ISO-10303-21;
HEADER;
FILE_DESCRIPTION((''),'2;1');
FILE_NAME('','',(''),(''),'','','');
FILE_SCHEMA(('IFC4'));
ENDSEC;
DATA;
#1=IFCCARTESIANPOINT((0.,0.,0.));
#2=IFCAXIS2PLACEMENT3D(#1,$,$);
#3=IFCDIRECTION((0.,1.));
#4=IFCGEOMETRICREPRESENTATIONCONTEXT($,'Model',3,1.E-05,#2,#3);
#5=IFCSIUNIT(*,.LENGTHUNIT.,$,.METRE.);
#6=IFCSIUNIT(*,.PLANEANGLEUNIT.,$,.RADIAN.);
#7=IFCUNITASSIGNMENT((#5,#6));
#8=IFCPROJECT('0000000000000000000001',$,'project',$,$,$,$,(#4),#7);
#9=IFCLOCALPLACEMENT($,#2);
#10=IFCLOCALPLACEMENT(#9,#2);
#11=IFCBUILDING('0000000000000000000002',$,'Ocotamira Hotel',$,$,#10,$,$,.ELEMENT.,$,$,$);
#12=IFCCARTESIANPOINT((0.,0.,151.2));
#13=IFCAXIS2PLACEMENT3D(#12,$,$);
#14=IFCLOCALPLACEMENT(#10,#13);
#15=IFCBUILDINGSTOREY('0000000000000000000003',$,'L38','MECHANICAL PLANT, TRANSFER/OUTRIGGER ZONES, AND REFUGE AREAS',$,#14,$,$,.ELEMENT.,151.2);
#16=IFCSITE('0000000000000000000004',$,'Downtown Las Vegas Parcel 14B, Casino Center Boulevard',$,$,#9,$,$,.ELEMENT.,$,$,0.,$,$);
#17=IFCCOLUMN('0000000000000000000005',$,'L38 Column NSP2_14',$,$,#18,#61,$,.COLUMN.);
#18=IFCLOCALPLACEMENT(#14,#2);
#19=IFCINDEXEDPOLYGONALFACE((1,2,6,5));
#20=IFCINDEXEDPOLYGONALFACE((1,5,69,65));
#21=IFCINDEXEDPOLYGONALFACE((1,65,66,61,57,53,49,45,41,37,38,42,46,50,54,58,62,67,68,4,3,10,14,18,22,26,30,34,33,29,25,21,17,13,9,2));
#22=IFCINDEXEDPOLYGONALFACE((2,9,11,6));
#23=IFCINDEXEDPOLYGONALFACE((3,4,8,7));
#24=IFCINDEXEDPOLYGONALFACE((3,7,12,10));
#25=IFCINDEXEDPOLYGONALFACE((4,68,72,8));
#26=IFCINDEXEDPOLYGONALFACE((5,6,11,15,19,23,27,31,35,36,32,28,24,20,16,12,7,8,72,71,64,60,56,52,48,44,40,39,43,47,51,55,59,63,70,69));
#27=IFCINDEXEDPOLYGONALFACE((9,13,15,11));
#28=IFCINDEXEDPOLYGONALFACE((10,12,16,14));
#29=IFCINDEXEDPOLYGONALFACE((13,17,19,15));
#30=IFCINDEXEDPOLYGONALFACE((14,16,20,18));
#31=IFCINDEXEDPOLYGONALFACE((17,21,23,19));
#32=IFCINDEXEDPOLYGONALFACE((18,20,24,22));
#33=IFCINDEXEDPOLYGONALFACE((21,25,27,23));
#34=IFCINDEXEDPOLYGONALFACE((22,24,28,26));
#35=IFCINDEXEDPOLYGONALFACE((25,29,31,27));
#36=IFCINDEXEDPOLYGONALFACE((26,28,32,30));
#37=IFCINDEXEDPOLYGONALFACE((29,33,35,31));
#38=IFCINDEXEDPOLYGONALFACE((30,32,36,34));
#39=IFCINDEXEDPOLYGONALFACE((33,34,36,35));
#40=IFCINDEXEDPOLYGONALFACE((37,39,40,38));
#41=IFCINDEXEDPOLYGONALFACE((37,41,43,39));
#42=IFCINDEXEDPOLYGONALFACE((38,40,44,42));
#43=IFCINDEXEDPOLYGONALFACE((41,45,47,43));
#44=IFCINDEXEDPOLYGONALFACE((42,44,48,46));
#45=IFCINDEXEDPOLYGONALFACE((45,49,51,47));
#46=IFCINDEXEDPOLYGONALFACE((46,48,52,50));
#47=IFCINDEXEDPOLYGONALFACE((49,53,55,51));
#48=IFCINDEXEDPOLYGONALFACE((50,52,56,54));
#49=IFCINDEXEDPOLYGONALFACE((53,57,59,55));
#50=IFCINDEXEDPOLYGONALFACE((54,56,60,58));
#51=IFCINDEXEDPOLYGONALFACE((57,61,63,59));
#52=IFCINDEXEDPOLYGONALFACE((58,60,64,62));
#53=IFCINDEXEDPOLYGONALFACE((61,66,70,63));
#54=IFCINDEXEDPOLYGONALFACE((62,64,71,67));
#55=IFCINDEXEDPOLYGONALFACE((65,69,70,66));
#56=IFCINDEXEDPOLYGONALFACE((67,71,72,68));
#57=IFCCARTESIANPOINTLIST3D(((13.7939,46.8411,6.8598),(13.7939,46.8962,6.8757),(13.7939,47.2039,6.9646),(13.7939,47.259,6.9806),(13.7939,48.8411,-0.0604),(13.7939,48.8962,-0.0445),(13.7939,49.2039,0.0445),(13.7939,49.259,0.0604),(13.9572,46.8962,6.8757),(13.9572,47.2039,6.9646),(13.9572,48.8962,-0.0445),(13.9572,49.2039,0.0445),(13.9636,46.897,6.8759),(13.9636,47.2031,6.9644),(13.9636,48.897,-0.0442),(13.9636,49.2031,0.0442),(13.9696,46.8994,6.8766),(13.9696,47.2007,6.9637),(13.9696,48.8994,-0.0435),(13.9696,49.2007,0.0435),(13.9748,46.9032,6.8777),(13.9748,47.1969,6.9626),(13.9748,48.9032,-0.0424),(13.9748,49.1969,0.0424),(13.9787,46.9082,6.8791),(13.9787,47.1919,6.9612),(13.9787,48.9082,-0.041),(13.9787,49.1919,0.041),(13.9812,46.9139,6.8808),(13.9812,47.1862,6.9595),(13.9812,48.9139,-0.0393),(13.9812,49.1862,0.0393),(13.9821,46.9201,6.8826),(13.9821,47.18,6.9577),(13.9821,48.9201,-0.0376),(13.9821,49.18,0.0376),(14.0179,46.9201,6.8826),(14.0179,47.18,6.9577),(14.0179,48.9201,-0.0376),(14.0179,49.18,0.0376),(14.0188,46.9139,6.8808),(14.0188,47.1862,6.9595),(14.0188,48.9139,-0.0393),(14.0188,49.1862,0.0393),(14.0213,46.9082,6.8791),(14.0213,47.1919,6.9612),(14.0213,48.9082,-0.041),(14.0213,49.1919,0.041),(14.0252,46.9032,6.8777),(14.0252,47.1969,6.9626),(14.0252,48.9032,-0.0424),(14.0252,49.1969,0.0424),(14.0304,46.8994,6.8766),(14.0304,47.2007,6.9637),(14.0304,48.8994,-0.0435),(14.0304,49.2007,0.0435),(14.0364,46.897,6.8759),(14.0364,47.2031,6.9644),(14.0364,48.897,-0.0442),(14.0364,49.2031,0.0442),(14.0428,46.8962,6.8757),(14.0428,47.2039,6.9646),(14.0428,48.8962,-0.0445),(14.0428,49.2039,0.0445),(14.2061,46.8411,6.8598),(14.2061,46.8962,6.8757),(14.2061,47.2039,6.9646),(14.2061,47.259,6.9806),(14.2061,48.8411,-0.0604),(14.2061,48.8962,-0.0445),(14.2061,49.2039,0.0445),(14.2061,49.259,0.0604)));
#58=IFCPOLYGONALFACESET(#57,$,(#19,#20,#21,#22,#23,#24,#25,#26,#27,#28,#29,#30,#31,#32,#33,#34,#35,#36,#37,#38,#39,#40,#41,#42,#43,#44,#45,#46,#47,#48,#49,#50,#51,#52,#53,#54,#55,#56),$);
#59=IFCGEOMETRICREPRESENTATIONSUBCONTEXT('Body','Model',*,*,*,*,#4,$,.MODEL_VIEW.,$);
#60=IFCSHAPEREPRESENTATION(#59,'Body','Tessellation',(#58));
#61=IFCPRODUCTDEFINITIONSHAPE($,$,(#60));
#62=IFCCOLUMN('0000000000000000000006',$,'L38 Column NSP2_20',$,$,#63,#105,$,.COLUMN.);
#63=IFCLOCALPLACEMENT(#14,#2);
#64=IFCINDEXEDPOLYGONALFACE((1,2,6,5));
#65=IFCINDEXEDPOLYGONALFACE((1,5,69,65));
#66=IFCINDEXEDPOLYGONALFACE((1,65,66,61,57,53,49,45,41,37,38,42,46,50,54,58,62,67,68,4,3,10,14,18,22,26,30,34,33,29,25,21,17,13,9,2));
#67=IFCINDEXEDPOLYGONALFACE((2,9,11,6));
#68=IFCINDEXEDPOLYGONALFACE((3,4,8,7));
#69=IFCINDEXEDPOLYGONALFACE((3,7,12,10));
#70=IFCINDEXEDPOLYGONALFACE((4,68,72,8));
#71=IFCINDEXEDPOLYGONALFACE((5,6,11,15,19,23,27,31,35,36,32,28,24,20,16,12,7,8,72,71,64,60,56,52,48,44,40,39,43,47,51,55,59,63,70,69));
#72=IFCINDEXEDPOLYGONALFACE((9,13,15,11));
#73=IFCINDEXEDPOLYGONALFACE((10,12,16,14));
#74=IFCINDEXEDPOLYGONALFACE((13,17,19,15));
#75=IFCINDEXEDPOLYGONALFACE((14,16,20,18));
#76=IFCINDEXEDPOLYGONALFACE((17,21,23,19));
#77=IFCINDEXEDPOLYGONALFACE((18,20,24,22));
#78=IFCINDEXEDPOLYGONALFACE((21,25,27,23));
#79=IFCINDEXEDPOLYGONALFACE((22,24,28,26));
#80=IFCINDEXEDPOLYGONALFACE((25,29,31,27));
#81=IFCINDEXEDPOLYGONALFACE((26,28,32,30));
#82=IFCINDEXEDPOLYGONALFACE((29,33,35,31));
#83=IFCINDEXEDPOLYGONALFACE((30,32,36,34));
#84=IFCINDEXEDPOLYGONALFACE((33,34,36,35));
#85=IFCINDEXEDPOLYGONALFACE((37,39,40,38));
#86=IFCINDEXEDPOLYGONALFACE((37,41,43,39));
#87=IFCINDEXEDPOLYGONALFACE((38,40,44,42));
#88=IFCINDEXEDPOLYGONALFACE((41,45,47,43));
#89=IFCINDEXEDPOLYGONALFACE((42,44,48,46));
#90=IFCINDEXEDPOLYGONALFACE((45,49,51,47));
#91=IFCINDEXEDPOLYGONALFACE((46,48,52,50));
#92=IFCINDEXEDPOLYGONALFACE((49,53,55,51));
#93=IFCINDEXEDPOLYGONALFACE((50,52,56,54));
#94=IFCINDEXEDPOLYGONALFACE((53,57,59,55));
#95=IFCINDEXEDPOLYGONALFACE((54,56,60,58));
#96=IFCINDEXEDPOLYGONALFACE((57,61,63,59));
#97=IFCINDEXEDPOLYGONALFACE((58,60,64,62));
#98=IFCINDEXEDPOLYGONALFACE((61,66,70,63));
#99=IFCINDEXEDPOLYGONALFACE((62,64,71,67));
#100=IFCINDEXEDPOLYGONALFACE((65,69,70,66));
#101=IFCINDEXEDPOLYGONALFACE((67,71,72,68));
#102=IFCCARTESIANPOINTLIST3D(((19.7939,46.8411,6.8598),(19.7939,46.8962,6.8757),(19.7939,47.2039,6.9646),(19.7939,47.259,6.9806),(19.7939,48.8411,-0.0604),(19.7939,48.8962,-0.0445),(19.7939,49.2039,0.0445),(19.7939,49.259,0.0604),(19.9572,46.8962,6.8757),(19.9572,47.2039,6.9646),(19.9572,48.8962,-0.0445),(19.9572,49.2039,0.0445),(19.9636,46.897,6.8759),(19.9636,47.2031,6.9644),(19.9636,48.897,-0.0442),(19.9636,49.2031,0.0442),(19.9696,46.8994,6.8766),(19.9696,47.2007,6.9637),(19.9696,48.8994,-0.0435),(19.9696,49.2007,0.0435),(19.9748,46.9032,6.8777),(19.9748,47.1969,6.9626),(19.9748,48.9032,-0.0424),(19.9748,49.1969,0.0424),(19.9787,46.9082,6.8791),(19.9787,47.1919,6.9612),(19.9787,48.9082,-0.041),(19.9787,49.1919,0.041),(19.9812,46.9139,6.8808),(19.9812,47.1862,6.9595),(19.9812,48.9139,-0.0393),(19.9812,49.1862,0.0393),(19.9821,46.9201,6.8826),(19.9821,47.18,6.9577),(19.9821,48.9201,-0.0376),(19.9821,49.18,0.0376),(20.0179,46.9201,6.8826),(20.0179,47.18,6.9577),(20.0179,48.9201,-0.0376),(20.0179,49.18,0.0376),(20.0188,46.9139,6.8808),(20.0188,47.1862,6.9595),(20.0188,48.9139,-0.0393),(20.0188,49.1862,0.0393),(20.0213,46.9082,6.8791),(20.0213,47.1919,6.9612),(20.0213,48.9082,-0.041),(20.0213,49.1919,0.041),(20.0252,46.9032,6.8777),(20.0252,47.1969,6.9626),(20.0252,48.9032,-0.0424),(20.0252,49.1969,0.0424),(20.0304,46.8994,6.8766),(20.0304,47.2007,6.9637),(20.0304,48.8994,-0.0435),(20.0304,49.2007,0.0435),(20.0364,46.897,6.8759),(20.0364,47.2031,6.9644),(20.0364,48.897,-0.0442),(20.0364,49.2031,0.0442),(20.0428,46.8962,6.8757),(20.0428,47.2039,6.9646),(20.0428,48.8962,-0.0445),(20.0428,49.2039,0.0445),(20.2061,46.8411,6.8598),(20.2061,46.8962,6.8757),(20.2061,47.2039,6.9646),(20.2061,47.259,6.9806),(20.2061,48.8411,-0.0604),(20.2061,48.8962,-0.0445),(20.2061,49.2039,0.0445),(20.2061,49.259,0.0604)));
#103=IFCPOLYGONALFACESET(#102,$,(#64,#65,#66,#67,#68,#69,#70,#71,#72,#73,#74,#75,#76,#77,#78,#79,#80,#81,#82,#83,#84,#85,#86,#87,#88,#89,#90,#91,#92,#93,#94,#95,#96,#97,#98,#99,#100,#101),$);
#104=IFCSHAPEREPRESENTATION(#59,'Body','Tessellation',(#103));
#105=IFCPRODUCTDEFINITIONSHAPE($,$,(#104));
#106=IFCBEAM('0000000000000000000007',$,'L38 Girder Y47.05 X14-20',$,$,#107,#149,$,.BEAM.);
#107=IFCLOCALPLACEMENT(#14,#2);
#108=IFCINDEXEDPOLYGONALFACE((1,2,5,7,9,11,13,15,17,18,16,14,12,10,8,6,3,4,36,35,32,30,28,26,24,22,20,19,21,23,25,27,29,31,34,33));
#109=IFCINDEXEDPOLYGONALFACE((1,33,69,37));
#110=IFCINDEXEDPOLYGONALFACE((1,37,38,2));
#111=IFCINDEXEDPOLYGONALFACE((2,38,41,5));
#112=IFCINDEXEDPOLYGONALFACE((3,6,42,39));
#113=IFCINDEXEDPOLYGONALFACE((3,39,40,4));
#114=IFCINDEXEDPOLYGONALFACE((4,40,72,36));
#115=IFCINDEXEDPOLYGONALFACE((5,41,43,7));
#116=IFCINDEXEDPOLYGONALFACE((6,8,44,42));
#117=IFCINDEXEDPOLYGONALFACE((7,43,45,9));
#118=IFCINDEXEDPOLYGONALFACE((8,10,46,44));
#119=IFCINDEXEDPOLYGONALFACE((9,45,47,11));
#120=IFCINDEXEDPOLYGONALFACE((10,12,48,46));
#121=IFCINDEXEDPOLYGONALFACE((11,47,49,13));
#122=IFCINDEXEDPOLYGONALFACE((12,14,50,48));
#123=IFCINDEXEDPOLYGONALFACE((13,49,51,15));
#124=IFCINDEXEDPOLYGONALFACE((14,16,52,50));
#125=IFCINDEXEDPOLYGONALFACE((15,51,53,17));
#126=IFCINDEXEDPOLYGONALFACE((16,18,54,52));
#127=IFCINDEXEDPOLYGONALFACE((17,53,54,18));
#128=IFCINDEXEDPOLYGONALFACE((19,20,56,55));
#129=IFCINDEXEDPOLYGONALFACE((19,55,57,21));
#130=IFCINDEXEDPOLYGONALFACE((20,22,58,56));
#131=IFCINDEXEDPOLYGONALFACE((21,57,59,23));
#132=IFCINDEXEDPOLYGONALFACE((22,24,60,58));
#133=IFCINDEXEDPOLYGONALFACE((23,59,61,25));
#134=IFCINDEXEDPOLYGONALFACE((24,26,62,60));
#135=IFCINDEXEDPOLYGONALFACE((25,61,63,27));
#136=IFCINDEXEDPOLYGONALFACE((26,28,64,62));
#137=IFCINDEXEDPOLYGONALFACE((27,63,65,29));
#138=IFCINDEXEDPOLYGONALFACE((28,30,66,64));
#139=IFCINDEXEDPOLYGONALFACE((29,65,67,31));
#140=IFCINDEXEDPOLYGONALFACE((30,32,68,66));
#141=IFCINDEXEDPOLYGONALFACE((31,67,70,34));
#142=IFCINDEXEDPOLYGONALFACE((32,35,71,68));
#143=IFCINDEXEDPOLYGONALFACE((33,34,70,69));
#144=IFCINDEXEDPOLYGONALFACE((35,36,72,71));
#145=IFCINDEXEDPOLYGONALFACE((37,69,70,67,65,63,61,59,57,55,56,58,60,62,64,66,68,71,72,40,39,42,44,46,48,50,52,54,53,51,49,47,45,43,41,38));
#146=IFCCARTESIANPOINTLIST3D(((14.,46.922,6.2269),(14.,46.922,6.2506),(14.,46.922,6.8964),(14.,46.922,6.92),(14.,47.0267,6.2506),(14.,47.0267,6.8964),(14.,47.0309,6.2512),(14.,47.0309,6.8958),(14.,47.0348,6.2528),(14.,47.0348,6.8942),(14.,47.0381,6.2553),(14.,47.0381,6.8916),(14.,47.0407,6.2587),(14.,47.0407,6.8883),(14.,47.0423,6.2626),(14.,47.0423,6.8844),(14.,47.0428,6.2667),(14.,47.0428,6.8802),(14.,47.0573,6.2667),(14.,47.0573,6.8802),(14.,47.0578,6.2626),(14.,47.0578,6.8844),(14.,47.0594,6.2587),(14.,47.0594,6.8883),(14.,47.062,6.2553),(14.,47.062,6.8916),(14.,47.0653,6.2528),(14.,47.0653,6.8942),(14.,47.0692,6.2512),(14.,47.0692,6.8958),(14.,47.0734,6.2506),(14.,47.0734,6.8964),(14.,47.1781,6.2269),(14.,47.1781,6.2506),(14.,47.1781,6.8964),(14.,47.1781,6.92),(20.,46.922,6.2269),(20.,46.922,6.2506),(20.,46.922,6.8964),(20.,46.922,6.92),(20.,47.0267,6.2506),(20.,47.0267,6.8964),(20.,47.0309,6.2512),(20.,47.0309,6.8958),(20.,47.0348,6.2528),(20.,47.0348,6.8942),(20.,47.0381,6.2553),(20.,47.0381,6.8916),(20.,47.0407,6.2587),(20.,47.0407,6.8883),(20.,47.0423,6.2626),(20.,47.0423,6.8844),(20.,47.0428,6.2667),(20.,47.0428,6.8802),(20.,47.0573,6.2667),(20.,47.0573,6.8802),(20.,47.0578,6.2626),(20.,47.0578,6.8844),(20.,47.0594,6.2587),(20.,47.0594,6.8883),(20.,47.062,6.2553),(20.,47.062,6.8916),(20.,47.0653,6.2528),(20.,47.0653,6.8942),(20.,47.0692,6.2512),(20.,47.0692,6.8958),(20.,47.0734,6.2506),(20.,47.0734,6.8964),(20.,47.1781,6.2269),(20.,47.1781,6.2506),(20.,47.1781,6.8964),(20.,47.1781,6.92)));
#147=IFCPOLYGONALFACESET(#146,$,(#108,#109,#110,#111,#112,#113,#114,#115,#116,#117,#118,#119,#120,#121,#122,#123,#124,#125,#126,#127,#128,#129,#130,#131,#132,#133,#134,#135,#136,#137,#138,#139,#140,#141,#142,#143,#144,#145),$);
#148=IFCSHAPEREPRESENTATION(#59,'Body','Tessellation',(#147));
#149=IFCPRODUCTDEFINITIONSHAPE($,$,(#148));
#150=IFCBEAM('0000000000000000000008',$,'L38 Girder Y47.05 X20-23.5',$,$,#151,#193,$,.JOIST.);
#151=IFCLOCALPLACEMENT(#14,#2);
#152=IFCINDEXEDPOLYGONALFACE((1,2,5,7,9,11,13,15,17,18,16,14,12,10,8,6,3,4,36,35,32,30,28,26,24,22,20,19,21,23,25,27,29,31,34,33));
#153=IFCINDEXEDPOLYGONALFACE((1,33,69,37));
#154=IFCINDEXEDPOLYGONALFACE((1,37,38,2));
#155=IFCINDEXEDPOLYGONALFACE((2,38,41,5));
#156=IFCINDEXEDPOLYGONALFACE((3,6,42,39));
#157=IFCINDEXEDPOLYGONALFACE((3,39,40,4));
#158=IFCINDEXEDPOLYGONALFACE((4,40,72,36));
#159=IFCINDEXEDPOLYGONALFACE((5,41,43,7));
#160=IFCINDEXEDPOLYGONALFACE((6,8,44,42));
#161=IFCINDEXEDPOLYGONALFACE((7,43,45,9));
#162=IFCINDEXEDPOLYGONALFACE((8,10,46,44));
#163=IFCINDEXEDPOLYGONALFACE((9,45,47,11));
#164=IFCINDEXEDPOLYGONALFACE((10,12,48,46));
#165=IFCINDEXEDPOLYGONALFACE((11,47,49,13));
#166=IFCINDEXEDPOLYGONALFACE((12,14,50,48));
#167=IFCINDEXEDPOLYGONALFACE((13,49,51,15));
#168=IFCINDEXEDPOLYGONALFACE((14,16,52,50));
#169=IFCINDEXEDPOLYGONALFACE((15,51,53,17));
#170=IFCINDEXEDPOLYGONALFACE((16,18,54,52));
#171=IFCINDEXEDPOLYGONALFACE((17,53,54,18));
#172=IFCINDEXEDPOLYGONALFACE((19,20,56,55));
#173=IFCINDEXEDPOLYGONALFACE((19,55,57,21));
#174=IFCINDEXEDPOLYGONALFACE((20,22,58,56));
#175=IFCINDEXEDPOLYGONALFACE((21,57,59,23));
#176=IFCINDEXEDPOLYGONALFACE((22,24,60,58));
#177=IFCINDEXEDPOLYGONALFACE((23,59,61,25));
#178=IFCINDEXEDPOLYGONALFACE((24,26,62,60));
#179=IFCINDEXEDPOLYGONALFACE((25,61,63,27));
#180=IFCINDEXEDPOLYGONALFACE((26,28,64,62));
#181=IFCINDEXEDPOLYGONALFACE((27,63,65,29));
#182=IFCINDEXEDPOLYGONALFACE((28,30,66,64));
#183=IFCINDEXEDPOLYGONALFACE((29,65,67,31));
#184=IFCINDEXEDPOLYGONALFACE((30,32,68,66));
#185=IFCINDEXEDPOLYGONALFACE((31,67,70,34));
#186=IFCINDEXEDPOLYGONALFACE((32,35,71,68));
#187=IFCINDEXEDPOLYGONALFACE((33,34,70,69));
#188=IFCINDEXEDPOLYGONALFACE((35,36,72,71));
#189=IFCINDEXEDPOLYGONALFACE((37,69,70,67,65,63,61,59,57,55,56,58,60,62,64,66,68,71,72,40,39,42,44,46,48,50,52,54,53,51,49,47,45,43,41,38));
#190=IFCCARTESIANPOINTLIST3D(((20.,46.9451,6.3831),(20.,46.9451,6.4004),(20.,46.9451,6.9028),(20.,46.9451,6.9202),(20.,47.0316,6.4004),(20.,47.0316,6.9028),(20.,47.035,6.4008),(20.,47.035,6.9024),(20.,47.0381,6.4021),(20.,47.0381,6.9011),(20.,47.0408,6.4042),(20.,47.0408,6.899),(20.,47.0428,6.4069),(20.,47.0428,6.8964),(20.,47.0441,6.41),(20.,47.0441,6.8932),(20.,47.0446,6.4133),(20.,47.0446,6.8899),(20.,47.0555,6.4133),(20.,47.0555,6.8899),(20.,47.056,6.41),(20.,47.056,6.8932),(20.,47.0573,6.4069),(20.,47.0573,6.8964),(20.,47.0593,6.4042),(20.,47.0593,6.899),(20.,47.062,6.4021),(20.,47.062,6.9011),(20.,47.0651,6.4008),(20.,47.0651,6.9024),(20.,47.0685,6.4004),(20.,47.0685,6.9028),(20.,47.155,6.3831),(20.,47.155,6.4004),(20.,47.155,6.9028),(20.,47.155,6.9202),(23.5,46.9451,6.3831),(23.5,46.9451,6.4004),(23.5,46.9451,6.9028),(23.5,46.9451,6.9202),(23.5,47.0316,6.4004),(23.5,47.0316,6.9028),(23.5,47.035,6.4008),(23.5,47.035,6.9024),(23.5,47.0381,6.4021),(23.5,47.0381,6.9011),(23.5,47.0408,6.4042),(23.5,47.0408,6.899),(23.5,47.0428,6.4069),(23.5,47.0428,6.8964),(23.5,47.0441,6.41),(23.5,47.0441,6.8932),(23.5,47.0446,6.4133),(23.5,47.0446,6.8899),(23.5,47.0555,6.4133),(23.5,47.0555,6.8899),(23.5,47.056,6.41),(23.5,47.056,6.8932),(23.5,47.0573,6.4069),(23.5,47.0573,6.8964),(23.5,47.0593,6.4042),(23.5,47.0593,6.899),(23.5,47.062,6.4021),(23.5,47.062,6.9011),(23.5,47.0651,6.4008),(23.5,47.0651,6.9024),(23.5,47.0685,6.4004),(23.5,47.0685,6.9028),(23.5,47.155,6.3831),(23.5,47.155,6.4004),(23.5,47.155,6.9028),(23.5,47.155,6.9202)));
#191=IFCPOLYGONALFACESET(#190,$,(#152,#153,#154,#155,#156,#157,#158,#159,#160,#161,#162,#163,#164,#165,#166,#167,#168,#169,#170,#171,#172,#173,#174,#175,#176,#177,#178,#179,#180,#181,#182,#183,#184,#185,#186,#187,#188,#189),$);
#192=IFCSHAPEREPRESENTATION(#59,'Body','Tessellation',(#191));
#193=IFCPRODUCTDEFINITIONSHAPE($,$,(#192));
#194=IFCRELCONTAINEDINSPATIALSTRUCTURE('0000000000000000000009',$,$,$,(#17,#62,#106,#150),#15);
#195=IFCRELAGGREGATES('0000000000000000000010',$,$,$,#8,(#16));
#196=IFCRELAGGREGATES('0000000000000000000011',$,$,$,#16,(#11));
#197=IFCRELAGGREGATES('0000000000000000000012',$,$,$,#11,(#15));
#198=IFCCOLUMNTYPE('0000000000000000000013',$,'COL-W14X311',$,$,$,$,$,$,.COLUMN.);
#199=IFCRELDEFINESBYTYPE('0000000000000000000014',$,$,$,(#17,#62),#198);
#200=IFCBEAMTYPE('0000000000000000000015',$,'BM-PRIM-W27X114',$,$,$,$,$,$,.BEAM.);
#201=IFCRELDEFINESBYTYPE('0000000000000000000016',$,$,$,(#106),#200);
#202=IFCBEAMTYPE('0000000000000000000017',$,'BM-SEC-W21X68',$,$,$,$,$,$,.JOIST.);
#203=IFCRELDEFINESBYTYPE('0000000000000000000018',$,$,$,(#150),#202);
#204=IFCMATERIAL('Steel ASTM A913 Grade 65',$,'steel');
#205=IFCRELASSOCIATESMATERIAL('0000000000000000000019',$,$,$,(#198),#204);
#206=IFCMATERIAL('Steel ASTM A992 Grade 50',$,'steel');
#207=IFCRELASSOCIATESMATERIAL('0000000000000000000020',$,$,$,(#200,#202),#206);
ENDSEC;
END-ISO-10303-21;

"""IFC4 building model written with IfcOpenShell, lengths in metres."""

from ifc_helpers import new_model, si_unit, direction, frame, origin, origin_2d, place, context, subcontext, project, spatial, i_section, extrude, source, transform, mapped, material, material_profile, profile_set, type_object, element, save


model = new_model("IFC4")

# Units and contexts
model_context = context("Model", 3, precision=1e-05, world=origin(), true_north=direction((0.0, 1.0)))
body_context = subcontext(model_context, "Body", "Model", "MODEL_VIEW")
ifc_project = project(units=[si_unit("LENGTHUNIT", "METRE"), si_unit("PLANEANGLEUNIT", "RADIAN")], contexts=[model_context])

# Site, building, storey
site_placement = place(None, origin())
site = spatial("IfcSite", under=ifc_project, at=site_placement, Name="Downtown Las Vegas Parcel 14B, Casino Center Boulevard", CompositionType="ELEMENT", RefElevation=0.0)
building_placement = place(site_placement, origin())
building = spatial("IfcBuilding", under=site, at=building_placement, Name="Ocotamira Hotel", CompositionType="ELEMENT")
storey_placement = place(building_placement, frame((0.0, 0.0, 151.2)))
storey = spatial("IfcBuildingStorey", under=building, at=storey_placement, Name="L38", Description="MECHANICAL PLANT, TRANSFER/OUTRIGGER ZONES, AND REFUGE AREAS", CompositionType="ELEMENT", Elevation=151.2)

# Columns
ifc_material_1 = material(Name="Steel ASTM A913 Grade 65", Category="steel")
ifc_material_profile_1 = material_profile(ifc_material_1, i_section(OverallWidth=0.4121, OverallDepth=0.4351, WebThickness=0.0359, FlangeThickness=0.0574, FilletRadius=0.0249, at=origin_2d()), Name="W14X311")
ifc_profile_set_1 = profile_set([ifc_material_profile_1], Name="Steel ASTM A913 Grade 65")
column_type = type_object("IfcColumnType", Name="COL-W14X311", PredefinedType="COLUMN", material=ifc_profile_set_1)
shared_shape_1 = source(origin(), body_context, "Body", "SweptSolid", [
    extrude(i_section(OverallWidth=0.4121, OverallDepth=0.4351, WebThickness=0.0359, FlangeThickness=0.0574, FilletRadius=0.0249, at=origin_2d()), origin(), (0.0, 0.0, 1.0), 7.2034),
])
for number, where, z_axis, x_axis, name in (
    (1, (14.0, 49.05, 0.0), (0.0, -0.277647, 0.960683), (1.0, 0.0, 0.0), "L38 Column NSP2_14"),
    (2, (20.0, 49.05, 0.0), (0.0, -0.277647, 0.960683), (1.0, 0.0, 0.0), "L38 Column NSP2_20"),
):
    element("IfcColumn", number, at=place(storey_placement, frame(where, z_axis=z_axis, x_axis=x_axis)), inside=storey, type_object=column_type, Name=name, PredefinedType="COLUMN", context=body_context, shape_type="MappedRepresentation", body=[
        mapped(shared_shape_1, transform((0.0, 0.0, 0.0), scale=1.0)),
    ])

# Beams
ifc_material_2 = material(Name="Steel ASTM A992 Grade 50", Category="steel")
ifc_material_profile_2 = material_profile(ifc_material_2, i_section(OverallWidth=0.2561, OverallDepth=0.6931, WebThickness=0.0144, FlangeThickness=0.0237, FilletRadius=0.0161, at=origin_2d()), Name="W27X114")
ifc_profile_set_2 = profile_set([ifc_material_profile_2], Name="Steel ASTM A992 Grade 50")
beam_type_1 = type_object("IfcBeamType", Name="BM-PRIM-W27X114", PredefinedType="BEAM", material=ifc_profile_set_2)
shared_shape_2 = source(origin(), body_context, "Body", "SweptSolid", [
    extrude(i_section(OverallWidth=0.2561, OverallDepth=0.6931, WebThickness=0.0144, FlangeThickness=0.0237, FilletRadius=0.0161, at=origin_2d()), origin(), (0.0, 0.0, 1.0), 6.0),
])
beam_1_placement = place(storey_placement, frame((14.0, 47.05, 6.5735), z_axis=(1.0, 0.0, 0.0), x_axis=(0.0, 1.0, 0.0)))
element("IfcBeam", 3, at=beam_1_placement, inside=storey, type_object=beam_type_1, Name="L38 Girder Y47.05 X14-20", PredefinedType="BEAM", context=body_context, shape_type="MappedRepresentation", body=[
    mapped(shared_shape_2, transform((0.0, 0.0, 0.0), scale=1.0)),
])
ifc_material_profile_3 = material_profile(ifc_material_2, i_section(OverallWidth=0.21, OverallDepth=0.5371, WebThickness=0.011, FlangeThickness=0.0173, FilletRadius=0.0129, at=origin_2d()), Name="W21X68")
ifc_profile_set_3 = profile_set([ifc_material_profile_3], Name="Steel ASTM A992 Grade 50")
beam_type_2 = type_object("IfcBeamType", Name="BM-SEC-W21X68", PredefinedType="JOIST", material=ifc_profile_set_3)
shared_shape_3 = source(origin(), body_context, "Body", "SweptSolid", [
    extrude(i_section(OverallWidth=0.21, OverallDepth=0.5371, WebThickness=0.011, FlangeThickness=0.0173, FilletRadius=0.0129, at=origin_2d()), origin(), (0.0, 0.0, 1.0), 3.5),
])
beam_2_placement = place(storey_placement, frame((20.0, 47.05, 6.6516), z_axis=(1.0, 0.0, 0.0), x_axis=(0.0, 1.0, 0.0)))
element("IfcBeam", 4, at=beam_2_placement, inside=storey, type_object=beam_type_2, Name="L38 Girder Y47.05 X20-23.5", PredefinedType="JOIST", context=body_context, shape_type="MappedRepresentation", body=[
    mapped(shared_shape_3, transform((0.0, 0.0, 0.0), scale=1.0)),
])

save(model, "model.ifc")
